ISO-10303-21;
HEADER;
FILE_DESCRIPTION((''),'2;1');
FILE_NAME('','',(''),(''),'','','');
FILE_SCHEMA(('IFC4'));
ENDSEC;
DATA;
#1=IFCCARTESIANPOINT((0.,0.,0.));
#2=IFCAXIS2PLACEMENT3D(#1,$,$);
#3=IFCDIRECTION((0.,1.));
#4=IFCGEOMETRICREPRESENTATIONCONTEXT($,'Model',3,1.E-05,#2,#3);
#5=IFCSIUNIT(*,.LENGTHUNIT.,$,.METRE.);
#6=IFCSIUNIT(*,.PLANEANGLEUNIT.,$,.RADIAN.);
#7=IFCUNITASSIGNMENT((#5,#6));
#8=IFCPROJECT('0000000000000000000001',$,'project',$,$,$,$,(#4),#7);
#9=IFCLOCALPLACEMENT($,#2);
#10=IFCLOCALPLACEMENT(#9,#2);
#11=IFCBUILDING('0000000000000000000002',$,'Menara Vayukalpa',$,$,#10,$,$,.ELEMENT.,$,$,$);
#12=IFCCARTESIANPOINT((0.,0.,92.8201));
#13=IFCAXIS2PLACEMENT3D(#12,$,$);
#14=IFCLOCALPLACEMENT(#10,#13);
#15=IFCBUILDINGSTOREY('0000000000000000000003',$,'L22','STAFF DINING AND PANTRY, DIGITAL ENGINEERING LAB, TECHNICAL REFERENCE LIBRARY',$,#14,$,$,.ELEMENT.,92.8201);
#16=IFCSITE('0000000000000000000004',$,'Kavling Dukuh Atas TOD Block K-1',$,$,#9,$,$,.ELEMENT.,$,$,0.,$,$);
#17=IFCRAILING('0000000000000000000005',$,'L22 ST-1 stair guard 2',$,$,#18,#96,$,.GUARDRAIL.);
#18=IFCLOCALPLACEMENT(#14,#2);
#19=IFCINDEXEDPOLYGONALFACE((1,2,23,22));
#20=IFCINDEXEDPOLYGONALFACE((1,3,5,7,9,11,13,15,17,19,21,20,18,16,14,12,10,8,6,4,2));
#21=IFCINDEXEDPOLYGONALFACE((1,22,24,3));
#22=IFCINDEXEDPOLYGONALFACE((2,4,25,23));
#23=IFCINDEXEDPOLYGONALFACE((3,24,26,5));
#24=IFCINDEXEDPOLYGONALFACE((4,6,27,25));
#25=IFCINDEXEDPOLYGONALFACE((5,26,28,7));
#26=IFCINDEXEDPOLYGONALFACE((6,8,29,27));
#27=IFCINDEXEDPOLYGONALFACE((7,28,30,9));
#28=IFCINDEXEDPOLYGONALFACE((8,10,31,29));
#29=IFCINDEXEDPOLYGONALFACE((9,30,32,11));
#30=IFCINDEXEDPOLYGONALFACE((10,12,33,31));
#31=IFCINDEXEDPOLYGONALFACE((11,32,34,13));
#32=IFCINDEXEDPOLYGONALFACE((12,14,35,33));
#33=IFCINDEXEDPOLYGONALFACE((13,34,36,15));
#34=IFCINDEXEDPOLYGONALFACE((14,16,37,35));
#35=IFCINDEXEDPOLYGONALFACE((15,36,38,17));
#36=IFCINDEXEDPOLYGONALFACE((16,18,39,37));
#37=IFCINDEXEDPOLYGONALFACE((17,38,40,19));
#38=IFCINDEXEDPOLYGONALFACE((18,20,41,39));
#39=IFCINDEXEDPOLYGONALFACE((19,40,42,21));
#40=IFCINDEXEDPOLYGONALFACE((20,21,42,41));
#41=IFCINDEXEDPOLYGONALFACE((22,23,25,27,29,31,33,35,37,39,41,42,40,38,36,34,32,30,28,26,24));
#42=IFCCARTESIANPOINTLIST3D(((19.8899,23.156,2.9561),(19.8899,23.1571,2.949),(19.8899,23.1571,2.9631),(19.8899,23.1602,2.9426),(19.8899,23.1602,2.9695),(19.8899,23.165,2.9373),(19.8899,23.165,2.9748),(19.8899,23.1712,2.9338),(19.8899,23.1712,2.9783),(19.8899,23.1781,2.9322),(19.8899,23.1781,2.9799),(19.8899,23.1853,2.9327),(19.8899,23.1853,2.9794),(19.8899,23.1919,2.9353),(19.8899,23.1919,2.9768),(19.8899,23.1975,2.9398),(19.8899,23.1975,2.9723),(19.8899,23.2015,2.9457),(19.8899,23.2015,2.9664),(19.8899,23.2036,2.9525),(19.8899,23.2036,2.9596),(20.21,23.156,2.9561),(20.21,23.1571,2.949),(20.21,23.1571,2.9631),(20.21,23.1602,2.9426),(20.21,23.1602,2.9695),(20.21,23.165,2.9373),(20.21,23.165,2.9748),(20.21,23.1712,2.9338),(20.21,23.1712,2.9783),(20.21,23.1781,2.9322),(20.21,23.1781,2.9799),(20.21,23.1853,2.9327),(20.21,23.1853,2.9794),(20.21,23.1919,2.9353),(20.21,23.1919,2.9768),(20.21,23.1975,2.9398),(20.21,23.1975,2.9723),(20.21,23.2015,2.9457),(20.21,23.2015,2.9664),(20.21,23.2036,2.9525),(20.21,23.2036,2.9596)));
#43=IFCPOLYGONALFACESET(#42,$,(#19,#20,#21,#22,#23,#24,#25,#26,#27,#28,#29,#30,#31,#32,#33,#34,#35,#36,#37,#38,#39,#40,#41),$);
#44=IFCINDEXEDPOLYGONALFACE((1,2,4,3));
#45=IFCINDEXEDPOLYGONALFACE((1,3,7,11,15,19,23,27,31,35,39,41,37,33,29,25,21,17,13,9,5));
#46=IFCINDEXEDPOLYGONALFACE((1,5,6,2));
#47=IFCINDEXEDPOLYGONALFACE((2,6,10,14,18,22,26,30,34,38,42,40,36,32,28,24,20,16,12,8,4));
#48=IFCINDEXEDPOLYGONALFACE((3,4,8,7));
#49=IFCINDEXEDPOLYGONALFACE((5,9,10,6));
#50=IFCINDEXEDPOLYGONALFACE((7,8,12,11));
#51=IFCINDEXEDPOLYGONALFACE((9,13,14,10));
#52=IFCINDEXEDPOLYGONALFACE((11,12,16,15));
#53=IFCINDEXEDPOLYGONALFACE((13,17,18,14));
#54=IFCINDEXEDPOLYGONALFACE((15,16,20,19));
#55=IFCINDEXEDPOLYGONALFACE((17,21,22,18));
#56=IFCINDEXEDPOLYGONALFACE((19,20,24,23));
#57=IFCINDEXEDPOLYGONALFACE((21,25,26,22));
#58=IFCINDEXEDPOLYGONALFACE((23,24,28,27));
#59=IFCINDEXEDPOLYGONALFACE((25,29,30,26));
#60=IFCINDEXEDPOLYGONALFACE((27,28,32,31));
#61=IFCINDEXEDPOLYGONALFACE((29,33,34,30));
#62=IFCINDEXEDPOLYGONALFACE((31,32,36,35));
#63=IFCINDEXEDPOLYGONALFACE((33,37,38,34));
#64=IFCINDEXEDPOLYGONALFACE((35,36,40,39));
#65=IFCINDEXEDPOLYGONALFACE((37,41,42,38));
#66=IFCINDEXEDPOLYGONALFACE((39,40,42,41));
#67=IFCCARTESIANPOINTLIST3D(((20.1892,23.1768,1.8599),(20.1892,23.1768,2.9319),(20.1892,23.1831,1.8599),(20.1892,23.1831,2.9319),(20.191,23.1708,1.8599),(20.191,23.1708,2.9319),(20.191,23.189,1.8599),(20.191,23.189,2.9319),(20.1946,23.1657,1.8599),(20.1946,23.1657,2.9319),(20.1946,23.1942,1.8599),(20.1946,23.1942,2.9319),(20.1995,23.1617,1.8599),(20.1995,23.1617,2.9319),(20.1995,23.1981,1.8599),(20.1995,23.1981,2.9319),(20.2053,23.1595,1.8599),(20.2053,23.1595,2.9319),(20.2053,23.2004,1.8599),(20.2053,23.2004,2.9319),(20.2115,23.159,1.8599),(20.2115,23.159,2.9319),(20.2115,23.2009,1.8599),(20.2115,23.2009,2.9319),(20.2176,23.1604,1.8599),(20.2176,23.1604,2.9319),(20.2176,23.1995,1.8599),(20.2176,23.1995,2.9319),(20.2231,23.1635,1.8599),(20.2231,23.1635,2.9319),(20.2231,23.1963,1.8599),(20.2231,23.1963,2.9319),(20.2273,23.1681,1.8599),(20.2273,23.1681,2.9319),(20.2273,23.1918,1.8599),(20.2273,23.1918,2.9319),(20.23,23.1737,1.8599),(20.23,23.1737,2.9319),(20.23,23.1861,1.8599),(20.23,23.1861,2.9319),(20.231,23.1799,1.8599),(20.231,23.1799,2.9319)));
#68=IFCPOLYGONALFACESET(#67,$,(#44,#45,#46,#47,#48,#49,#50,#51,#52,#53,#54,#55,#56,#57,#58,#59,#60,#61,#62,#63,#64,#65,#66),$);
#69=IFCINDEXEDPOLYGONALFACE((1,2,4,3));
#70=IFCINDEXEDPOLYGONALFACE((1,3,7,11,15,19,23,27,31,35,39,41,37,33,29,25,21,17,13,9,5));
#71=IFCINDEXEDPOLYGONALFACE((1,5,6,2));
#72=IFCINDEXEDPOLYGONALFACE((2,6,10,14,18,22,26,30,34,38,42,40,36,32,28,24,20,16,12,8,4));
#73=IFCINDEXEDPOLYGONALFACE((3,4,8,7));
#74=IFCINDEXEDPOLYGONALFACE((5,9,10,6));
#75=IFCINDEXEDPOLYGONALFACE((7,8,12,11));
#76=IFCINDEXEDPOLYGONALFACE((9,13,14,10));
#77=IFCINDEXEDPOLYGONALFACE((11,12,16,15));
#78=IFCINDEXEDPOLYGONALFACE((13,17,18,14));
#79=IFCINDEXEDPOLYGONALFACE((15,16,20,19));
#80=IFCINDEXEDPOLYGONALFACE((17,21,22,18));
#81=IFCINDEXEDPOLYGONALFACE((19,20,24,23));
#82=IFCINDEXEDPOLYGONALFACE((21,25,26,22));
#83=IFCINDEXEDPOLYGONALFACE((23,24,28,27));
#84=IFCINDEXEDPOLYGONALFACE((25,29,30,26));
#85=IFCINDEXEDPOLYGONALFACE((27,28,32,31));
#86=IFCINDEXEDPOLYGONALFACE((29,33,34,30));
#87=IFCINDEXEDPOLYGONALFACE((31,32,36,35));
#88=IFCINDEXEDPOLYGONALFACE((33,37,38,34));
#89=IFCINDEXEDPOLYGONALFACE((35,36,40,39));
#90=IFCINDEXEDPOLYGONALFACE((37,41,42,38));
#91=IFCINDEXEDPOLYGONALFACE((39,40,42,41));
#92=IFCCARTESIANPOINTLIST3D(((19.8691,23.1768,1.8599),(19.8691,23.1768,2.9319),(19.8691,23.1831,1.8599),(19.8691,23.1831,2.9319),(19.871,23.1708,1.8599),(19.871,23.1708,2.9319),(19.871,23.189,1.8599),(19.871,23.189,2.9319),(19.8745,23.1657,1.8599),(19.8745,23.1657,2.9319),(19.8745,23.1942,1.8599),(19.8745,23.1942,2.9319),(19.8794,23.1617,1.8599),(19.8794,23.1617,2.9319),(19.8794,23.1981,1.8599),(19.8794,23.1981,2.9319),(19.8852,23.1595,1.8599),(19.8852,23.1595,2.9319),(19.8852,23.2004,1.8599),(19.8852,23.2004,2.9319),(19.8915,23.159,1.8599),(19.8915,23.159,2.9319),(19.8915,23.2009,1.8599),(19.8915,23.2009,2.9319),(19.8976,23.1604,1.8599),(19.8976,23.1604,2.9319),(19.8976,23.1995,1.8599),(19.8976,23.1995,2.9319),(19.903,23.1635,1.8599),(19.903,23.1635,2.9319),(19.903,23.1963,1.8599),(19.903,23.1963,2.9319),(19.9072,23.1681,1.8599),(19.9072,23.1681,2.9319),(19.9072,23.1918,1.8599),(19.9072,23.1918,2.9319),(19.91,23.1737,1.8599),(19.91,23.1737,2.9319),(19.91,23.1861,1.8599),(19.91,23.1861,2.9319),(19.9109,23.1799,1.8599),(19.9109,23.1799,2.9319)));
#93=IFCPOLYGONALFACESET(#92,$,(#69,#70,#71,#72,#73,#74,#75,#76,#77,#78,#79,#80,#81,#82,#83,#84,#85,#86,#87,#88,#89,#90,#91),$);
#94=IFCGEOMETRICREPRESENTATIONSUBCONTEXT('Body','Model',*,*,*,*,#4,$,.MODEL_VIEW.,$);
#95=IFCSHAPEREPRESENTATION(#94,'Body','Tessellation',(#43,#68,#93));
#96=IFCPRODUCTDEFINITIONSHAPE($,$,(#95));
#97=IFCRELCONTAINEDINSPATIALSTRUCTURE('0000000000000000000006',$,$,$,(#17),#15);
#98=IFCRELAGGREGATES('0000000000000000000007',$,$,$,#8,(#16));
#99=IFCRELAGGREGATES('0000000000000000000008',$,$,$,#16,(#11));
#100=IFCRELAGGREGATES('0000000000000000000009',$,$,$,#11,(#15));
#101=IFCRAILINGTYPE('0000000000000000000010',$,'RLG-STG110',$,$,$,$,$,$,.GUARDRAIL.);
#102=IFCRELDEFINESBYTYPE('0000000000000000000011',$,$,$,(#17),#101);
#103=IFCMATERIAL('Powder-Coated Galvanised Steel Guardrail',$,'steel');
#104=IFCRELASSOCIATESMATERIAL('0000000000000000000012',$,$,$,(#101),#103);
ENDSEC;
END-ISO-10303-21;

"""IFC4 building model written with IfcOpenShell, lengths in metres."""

from ifc_helpers import new_model, si_unit, direction, frame, origin, origin_2d, place, context, subcontext, project, spatial, circle, extrude, material, type_object, element, save


model = new_model("IFC4")

# Units and contexts
model_context = context("Model", 3, precision=1e-05, world=origin(), true_north=direction((0.0, 1.0)))
body_context = subcontext(model_context, "Body", "Model", "MODEL_VIEW")
ifc_project = project(units=[si_unit("LENGTHUNIT", "METRE"), si_unit("PLANEANGLEUNIT", "RADIAN")], contexts=[model_context])

# Site, building, storey
site_placement = place(None, origin())
site = spatial("IfcSite", under=ifc_project, at=site_placement, Name="Kavling Dukuh Atas TOD Block K-1", CompositionType="ELEMENT", RefElevation=0.0)
building_placement = place(site_placement, origin())
building = spatial("IfcBuilding", under=site, at=building_placement, Name="Menara Vayukalpa", CompositionType="ELEMENT")
storey_placement = place(building_placement, frame((0.0, 0.0, 92.8201)))
storey = spatial("IfcBuildingStorey", under=building, at=storey_placement, Name="L22", Description="STAFF DINING AND PANTRY, DIGITAL ENGINEERING LAB, TECHNICAL REFERENCE LIBRARY", CompositionType="ELEMENT", Elevation=92.8201)

# Railing
ifc_material_1 = material(Name="Powder-Coated Galvanised Steel Guardrail", Category="steel")
railing_type_1 = type_object("IfcRailingType", Name="RLG-STG110", PredefinedType="GUARDRAIL", material=ifc_material_1)
railing_1_placement = place(storey_placement, frame((20.21, 23.1799, 1.8599)))
element("IfcRailing", 1, at=railing_1_placement, inside=storey, type_object=railing_type_1, Name="L22 ST-1 stair guard 2", PredefinedType="GUARDRAIL", context=body_context, shape_type="SweptSolid", body=[
    extrude(circle(Radius=0.0239, at=origin_2d()), frame((0.0, 0.0, 1.0962), z_axis=(-1.0, 0.0, 0.0), x_axis=(0.0, -1.0, 0.0)), (0.0, 0.0, 1.0), 0.3201),
    extrude(circle(Radius=0.021, at=origin_2d()), origin(), (0.0, 0.0, 1.0), 1.072),
    extrude(circle(Radius=0.021, at=origin_2d()), frame((-0.3201, 0.0, 0.0)), (0.0, 0.0, 1.0), 1.072),
])

save(model, "model.ifc")
